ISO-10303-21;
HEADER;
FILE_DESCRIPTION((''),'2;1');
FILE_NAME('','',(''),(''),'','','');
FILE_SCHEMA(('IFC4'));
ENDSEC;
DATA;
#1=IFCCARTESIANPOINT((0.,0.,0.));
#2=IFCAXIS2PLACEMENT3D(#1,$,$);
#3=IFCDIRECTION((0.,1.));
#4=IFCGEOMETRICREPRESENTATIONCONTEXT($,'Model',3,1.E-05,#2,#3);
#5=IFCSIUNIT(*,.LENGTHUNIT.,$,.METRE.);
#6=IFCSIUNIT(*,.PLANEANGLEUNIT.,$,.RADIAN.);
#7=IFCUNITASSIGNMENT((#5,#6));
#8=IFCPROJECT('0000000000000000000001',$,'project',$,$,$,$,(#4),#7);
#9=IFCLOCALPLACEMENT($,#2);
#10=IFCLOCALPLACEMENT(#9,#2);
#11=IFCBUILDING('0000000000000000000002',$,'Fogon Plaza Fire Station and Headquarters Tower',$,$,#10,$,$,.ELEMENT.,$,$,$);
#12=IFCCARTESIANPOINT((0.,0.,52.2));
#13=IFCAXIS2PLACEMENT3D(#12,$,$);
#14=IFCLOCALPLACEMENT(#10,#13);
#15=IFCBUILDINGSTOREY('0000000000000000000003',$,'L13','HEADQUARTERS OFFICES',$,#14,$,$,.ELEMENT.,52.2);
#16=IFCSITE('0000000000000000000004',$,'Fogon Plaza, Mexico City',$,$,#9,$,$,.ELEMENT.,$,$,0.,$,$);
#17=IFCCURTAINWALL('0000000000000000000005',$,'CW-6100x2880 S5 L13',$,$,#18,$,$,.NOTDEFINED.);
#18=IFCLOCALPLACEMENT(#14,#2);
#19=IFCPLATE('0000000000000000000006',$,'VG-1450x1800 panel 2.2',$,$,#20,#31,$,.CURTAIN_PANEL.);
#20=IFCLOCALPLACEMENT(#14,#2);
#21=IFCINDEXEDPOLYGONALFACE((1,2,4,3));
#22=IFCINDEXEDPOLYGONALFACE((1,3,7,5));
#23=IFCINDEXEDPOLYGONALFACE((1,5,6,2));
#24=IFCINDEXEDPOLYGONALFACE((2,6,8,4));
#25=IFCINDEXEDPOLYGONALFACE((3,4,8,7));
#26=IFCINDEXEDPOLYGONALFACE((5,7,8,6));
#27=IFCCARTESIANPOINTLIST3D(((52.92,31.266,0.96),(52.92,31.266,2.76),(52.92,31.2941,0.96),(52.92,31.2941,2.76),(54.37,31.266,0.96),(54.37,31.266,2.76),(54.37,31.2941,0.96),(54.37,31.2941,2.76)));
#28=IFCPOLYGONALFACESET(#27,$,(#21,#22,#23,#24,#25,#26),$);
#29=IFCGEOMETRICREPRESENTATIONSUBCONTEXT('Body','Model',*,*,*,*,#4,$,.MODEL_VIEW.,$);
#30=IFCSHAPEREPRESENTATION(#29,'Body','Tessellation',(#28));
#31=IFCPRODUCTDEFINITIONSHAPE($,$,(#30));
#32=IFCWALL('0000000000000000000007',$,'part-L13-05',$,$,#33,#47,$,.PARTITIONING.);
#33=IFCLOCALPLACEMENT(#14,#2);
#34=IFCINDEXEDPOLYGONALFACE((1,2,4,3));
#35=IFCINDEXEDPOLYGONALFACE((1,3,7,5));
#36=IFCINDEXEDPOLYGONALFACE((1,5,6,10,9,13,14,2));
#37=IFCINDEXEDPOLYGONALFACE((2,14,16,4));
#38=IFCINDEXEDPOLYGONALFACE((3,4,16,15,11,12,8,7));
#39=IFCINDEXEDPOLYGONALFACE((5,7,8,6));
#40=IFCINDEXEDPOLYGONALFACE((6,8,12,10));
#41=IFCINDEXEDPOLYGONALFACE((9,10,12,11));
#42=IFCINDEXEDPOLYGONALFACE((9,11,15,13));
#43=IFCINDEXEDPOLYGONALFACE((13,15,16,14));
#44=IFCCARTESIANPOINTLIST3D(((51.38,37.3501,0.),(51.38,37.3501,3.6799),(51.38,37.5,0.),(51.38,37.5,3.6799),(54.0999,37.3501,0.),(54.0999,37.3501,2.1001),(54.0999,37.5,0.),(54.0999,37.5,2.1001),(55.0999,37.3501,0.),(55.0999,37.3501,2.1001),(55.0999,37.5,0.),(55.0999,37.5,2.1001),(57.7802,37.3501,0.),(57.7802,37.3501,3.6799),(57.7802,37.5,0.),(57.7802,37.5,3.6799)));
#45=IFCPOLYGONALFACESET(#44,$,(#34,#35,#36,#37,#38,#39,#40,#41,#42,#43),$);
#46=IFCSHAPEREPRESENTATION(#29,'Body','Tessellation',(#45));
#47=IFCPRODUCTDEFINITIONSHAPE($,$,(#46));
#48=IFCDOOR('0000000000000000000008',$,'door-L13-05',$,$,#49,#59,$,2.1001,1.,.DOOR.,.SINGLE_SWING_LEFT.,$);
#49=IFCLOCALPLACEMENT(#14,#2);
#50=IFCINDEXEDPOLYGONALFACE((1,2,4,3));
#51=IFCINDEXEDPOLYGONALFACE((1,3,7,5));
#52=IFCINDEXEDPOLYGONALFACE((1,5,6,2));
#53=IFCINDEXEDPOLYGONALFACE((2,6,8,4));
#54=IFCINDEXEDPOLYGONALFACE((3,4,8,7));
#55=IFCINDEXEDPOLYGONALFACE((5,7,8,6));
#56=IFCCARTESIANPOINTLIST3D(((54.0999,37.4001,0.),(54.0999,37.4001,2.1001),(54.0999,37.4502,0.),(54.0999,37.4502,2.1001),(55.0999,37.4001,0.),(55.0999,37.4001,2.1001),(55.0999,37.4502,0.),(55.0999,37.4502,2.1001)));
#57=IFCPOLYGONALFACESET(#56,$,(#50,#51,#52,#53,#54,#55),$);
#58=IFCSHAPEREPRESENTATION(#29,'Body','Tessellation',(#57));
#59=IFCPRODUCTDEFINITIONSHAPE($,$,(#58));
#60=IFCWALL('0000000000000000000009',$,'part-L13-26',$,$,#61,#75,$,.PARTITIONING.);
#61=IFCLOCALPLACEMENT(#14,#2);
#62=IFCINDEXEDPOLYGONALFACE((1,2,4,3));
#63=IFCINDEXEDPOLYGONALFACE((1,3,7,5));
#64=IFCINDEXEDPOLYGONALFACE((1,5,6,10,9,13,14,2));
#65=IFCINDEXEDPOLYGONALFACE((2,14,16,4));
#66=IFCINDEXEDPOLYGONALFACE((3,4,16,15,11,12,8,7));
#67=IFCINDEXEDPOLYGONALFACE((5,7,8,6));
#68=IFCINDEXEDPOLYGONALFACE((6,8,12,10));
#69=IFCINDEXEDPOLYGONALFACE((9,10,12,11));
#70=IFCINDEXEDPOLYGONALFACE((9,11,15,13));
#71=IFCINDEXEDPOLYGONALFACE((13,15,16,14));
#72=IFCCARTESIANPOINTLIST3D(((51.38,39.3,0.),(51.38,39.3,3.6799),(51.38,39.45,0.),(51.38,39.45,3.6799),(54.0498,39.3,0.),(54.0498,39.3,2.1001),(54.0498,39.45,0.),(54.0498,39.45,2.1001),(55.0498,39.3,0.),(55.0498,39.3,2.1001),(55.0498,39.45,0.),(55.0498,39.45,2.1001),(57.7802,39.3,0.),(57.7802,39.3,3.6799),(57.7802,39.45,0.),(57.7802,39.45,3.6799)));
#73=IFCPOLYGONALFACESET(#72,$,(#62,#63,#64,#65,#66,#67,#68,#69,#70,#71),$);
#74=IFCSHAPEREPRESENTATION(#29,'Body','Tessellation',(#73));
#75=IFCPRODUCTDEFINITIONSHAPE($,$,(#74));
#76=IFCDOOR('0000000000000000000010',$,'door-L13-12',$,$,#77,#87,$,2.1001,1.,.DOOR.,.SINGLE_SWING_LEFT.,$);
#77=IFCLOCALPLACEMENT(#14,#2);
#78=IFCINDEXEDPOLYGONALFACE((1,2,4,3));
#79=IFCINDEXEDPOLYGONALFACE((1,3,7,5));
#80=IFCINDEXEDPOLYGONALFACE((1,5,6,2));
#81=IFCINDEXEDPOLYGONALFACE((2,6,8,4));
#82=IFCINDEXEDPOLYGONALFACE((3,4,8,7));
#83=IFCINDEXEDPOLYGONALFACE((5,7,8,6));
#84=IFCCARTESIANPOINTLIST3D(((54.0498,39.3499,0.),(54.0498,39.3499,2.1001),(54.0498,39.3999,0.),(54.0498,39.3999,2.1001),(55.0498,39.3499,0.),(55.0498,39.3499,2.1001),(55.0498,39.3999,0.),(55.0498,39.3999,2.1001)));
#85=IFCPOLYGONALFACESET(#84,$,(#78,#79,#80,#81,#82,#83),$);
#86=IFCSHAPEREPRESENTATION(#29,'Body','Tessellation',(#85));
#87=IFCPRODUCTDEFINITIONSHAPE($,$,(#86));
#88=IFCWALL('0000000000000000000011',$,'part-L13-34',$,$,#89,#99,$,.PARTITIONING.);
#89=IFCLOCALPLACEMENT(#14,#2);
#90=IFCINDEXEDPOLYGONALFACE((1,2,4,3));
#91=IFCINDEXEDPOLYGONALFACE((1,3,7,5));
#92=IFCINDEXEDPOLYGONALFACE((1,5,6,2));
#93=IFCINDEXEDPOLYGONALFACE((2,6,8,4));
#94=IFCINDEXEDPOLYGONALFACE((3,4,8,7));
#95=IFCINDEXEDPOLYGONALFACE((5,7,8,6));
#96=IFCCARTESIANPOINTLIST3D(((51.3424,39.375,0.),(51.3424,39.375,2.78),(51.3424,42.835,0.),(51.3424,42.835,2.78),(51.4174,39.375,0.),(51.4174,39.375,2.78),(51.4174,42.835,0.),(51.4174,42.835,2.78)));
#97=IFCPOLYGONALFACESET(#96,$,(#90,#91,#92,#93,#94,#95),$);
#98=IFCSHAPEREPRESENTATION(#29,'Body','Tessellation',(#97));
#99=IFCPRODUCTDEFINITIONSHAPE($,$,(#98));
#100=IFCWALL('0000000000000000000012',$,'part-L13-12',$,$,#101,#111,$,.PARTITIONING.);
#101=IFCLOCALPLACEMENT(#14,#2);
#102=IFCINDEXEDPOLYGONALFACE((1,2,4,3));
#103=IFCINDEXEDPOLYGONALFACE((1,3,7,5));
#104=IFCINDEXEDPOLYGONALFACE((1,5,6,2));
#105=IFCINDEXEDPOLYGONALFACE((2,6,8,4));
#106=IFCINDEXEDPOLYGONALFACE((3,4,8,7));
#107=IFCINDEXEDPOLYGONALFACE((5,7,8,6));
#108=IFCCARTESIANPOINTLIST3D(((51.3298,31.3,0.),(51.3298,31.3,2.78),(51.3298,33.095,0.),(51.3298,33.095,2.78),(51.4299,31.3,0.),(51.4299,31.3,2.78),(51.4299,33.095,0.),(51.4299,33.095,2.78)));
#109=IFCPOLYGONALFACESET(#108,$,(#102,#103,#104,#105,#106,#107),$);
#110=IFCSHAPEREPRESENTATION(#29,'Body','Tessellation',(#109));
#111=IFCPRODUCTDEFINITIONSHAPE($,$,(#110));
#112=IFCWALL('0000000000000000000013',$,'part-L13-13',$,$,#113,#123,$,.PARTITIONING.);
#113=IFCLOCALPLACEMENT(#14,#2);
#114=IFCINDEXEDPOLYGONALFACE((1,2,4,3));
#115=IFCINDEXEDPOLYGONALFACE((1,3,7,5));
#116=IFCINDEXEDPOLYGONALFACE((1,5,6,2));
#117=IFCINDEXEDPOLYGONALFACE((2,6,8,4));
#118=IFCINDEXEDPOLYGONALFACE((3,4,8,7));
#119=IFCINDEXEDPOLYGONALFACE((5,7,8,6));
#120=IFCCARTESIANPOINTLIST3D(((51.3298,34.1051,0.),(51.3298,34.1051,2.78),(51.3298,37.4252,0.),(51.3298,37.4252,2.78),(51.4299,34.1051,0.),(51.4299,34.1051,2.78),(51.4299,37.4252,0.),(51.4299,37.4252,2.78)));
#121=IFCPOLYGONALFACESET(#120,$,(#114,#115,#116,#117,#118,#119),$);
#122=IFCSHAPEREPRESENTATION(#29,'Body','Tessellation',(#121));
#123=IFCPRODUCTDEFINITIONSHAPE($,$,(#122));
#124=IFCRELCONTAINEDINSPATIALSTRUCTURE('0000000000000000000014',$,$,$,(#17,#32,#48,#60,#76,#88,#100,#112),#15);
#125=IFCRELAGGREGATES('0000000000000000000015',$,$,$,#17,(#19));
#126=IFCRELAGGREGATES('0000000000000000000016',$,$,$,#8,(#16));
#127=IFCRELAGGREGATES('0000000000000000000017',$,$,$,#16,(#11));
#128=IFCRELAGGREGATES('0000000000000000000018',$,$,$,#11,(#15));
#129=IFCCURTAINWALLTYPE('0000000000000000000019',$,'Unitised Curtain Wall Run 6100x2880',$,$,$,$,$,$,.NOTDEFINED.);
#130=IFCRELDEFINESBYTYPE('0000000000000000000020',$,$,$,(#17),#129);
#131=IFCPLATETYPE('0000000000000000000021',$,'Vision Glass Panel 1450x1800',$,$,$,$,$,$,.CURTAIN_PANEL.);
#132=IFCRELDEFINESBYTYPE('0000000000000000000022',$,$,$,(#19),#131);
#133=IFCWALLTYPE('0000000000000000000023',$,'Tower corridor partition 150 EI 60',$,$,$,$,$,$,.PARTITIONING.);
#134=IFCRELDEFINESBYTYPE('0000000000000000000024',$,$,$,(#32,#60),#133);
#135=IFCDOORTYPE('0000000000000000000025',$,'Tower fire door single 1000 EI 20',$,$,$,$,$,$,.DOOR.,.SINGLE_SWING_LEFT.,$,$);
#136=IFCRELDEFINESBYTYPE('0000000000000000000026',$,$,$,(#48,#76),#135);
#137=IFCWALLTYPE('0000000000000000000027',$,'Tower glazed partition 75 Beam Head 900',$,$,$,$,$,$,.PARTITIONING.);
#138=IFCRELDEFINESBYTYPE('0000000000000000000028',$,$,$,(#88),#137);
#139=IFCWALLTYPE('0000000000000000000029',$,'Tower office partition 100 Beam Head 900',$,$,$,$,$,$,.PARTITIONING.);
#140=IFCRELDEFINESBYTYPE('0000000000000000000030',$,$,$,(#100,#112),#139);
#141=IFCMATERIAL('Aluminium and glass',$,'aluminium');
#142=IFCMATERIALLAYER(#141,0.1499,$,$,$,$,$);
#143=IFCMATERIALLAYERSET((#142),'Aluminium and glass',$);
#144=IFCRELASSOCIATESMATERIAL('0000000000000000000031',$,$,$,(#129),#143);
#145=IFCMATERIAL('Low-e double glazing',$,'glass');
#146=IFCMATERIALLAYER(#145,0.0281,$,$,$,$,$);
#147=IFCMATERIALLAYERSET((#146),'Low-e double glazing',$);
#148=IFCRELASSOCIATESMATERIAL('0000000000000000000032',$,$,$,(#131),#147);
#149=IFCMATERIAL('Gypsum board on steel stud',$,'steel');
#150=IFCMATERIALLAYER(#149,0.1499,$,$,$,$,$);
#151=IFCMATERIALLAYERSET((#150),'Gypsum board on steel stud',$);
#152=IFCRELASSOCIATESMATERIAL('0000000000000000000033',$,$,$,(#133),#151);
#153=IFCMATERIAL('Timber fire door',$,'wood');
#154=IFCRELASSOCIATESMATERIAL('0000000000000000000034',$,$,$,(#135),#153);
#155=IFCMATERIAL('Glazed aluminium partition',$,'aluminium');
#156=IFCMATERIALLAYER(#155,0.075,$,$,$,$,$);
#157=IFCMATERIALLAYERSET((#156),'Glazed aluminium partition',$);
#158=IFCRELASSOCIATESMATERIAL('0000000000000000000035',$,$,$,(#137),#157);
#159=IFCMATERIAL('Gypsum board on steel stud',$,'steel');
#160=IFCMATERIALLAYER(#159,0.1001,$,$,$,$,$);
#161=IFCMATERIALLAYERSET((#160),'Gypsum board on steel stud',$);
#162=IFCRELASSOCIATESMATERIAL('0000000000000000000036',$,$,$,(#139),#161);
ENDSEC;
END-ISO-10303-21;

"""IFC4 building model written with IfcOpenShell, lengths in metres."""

from ifc_helpers import new_model, si_unit, direction, frame, frame_2d, origin, origin_2d, place, context, subcontext, project, spatial, rectangle, extrude, material, layer, layer_set, type_object, element, fill, aggregate, save


model = new_model("IFC4")

# Units and contexts
model_context = context("Model", 3, precision=1e-05, world=origin(), true_north=direction((0.0, 1.0)))
body_context = subcontext(model_context, "Body", "Model", "MODEL_VIEW")
ifc_project = project(units=[si_unit("LENGTHUNIT", "METRE"), si_unit("PLANEANGLEUNIT", "RADIAN")], contexts=[model_context])

# Site, building, storey
site_placement = place(None, origin())
site = spatial("IfcSite", under=ifc_project, at=site_placement, Name="Fogon Plaza, Mexico City", CompositionType="ELEMENT", RefElevation=0.0)
building_placement = place(site_placement, origin())
building = spatial("IfcBuilding", under=site, at=building_placement, Name="Fogon Plaza Fire Station and Headquarters Tower", CompositionType="ELEMENT")
storey_placement = place(building_placement, frame((0.0, 0.0, 52.2)))
storey = spatial("IfcBuildingStorey", under=building, at=storey_placement, Name="L13", Description="HEADQUARTERS OFFICES", CompositionType="ELEMENT", Elevation=52.2)

# Curtain wall
ifc_material_1 = material(Name="Aluminium and glass", Category="aluminium")
ifc_layer_1 = layer(ifc_material_1, 0.1499)
ifc_layer_set_1 = layer_set([ifc_layer_1], Name="Aluminium and glass")
curtain_wall_type = type_object("IfcCurtainWallType", Name="Unitised Curtain Wall Run 6100x2880", PredefinedType="NOTDEFINED", material=ifc_layer_set_1)
curtain_wall_placement = place(storey_placement, origin())
curtain_wall = element("IfcCurtainWall", 1, at=curtain_wall_placement, inside=storey, type_object=curtain_wall_type, Name="CW-6100x2880 S5 L13", PredefinedType="NOTDEFINED")

# Plate
ifc_material_2 = material(Name="Low-e double glazing", Category="glass")
ifc_layer_2 = layer(ifc_material_2, 0.0281)
ifc_layer_set_2 = layer_set([ifc_layer_2], Name="Low-e double glazing")
plate_type_1 = type_object("IfcPlateType", Name="Vision Glass Panel 1450x1800", PredefinedType="CURTAIN_PANEL", material=ifc_layer_set_2)
plate_1_placement = place(storey_placement, frame((53.645, 31.28, 0.96), z_axis=(0.0, 0.0, 1.0), x_axis=(1.0, 0.0, 0.0)))
plate_1 = element("IfcPlate", 2, at=plate_1_placement, type_object=plate_type_1, Name="VG-1450x1800 panel 2.2", PredefinedType="CURTAIN_PANEL", context=body_context, shape_type="SweptSolid", body=[
    extrude(rectangle(XDim=1.45, YDim=0.0281, at=origin_2d()), origin(), (0.0, 0.0, 1.0), 1.8),
])
aggregate(curtain_wall, [plate_1])

# Walls, openings, doors
ifc_material_3 = material(Name="Gypsum board on steel stud", Category="steel")
ifc_layer_3 = layer(ifc_material_3, 0.1499)
ifc_layer_set_3 = layer_set([ifc_layer_3], Name="Gypsum board on steel stud")
wall_type_1 = type_object("IfcWallType", Name="Tower corridor partition 150 EI 60", PredefinedType="PARTITIONING", material=ifc_layer_set_3)
wall_1_placement = place(storey_placement, frame((51.3799, 37.425, 0.0), z_axis=(0.0, 0.0, 1.0), x_axis=(1.0, 0.0, 0.0)))
wall_1 = element("IfcWall", 3, at=wall_1_placement, inside=storey, type_object=wall_type_1, Name="part-L13-05", PredefinedType="PARTITIONING", context=body_context, shape_type="SweptSolid", body=[
    extrude(rectangle(XDim=6.4001, YDim=0.1499, at=frame_2d((3.2002, 0.0))), origin(), (0.0, 0.0, 1.0), 3.6799),
])
opening_1_placement = place(wall_1_placement, frame((2.72, 0.0, 0.0)))
opening_1 = element("IfcOpeningElement", 4, at=opening_1_placement, cuts=wall_1, PredefinedType="OPENING", context=body_context, shape_type="SweptSolid", body=[
    extrude(rectangle(XDim=1.0, YDim=2.1001, at=frame_2d((0.5, 1.05))), frame((0.0, 0.085, 0.0), z_axis=(0.0, -1.0, 0.0), x_axis=(1.0, 0.0, 0.0)), (0.0, 0.0, 1.0), 0.1699),
])
ifc_material_4 = material(Name="Timber fire door", Category="wood")
door_type = type_object("IfcDoorType", Name="Tower fire door single 1000 EI 20", OperationType="SINGLE_SWING_LEFT", PredefinedType="DOOR", material=ifc_material_4)
door_1_placement = place(opening_1_placement, frame((1.0, 0.0, 0.0), z_axis=(0.0, 0.0, 1.0), x_axis=(-1.0, 0.0, 0.0)))
door_1 = element("IfcDoor", 5, at=door_1_placement, inside=storey, type_object=door_type, Name="door-L13-05", OperationType="SINGLE_SWING_LEFT", OverallHeight=2.1001, OverallWidth=1.0, PredefinedType="DOOR", context=body_context, shape_type="SweptSolid", body=[
    extrude(rectangle(XDim=1.0, YDim=2.1001, at=frame_2d((0.5, 1.05))), frame((0.0, 0.0249, 0.0), z_axis=(0.0, -1.0, 0.0), x_axis=(1.0, 0.0, 0.0)), (0.0, 0.0, 1.0), 0.05),
])
fill(opening_1, door_1)
wall_2_placement = place(storey_placement, frame((51.3799, 39.375, 0.0), z_axis=(0.0, 0.0, 1.0), x_axis=(1.0, 0.0, 0.0)))
wall_2 = element("IfcWall", 6, at=wall_2_placement, inside=storey, type_object=wall_type_1, Name="part-L13-26", PredefinedType="PARTITIONING", context=body_context, shape_type="SweptSolid", body=[
    extrude(rectangle(XDim=6.4001, YDim=0.1499, at=frame_2d((3.2002, 0.0))), origin(), (0.0, 0.0, 1.0), 3.6799),
])
opening_2_placement = place(wall_2_placement, frame((2.6699, 0.0, 0.0)))
opening_2 = element("IfcOpeningElement", 7, at=opening_2_placement, cuts=wall_2, PredefinedType="OPENING", context=body_context, shape_type="SweptSolid", body=[
    extrude(rectangle(XDim=1.0, YDim=2.1001, at=frame_2d((0.5, 1.05))), frame((0.0, 0.085, 0.0), z_axis=(0.0, -1.0, 0.0), x_axis=(1.0, 0.0, 0.0)), (0.0, 0.0, 1.0), 0.1699),
])
door_2_placement = place(opening_2_placement, origin())
door_2 = element("IfcDoor", 8, at=door_2_placement, inside=storey, type_object=door_type, Name="door-L13-12", OperationType="SINGLE_SWING_LEFT", OverallHeight=2.1001, OverallWidth=1.0, PredefinedType="DOOR", context=body_context, shape_type="SweptSolid", body=[
    extrude(rectangle(XDim=1.0, YDim=2.1001, at=frame_2d((0.5, 1.05))), frame((0.0, 0.0249, 0.0), z_axis=(0.0, -1.0, 0.0), x_axis=(1.0, 0.0, 0.0)), (0.0, 0.0, 1.0), 0.05),
])
fill(opening_2, door_2)

# Walls
ifc_material_5 = material(Name="Glazed aluminium partition", Category="aluminium")
ifc_layer_4 = layer(ifc_material_5, 0.075)
ifc_layer_set_4 = layer_set([ifc_layer_4], Name="Glazed aluminium partition")
wall_type_2 = type_object("IfcWallType", Name="Tower glazed partition 75 Beam Head 900", PredefinedType="PARTITIONING", material=ifc_layer_set_4)
wall_3_placement = place(storey_placement, frame((51.3799, 39.375, 0.0), z_axis=(0.0, 0.0, 1.0), x_axis=(0.0, 1.0, 0.0)))
element("IfcWall", 9, at=wall_3_placement, inside=storey, type_object=wall_type_2, Name="part-L13-34", PredefinedType="PARTITIONING", context=body_context, shape_type="SweptSolid", body=[
    extrude(rectangle(XDim=3.46, YDim=0.075, at=frame_2d((1.73, 0.0))), origin(), (0.0, 0.0, 1.0), 2.78),
])
ifc_material_6 = material(Name="Gypsum board on steel stud", Category="steel")
ifc_layer_5 = layer(ifc_material_6, 0.1001)
ifc_layer_set_5 = layer_set([ifc_layer_5], Name="Gypsum board on steel stud")
wall_type_3 = type_object("IfcWallType", Name="Tower office partition 100 Beam Head 900", PredefinedType="PARTITIONING", material=ifc_layer_set_5)
wall_4_placement = place(storey_placement, frame((51.3799, 31.3, 0.0), z_axis=(0.0, 0.0, 1.0), x_axis=(0.0, 1.0, 0.0)))
element("IfcWall", 10, at=wall_4_placement, inside=storey, type_object=wall_type_3, Name="part-L13-12", PredefinedType="PARTITIONING", context=body_context, shape_type="SweptSolid", body=[
    extrude(rectangle(XDim=1.7949, YDim=0.1001, at=frame_2d((0.8975, 0.0))), origin(), (0.0, 0.0, 1.0), 2.78),
])
wall_5_placement = place(storey_placement, frame((51.3799, 34.105, 0.0), z_axis=(0.0, 0.0, 1.0), x_axis=(0.0, 1.0, 0.0)))
element("IfcWall", 11, at=wall_5_placement, inside=storey, type_object=wall_type_3, Name="part-L13-13", PredefinedType="PARTITIONING", context=body_context, shape_type="SweptSolid", body=[
    extrude(rectangle(XDim=3.3201, YDim=0.1001, at=frame_2d((1.6602, 0.0))), origin(), (0.0, 0.0, 1.0), 2.78),
])

save(model, "model.ifc")
